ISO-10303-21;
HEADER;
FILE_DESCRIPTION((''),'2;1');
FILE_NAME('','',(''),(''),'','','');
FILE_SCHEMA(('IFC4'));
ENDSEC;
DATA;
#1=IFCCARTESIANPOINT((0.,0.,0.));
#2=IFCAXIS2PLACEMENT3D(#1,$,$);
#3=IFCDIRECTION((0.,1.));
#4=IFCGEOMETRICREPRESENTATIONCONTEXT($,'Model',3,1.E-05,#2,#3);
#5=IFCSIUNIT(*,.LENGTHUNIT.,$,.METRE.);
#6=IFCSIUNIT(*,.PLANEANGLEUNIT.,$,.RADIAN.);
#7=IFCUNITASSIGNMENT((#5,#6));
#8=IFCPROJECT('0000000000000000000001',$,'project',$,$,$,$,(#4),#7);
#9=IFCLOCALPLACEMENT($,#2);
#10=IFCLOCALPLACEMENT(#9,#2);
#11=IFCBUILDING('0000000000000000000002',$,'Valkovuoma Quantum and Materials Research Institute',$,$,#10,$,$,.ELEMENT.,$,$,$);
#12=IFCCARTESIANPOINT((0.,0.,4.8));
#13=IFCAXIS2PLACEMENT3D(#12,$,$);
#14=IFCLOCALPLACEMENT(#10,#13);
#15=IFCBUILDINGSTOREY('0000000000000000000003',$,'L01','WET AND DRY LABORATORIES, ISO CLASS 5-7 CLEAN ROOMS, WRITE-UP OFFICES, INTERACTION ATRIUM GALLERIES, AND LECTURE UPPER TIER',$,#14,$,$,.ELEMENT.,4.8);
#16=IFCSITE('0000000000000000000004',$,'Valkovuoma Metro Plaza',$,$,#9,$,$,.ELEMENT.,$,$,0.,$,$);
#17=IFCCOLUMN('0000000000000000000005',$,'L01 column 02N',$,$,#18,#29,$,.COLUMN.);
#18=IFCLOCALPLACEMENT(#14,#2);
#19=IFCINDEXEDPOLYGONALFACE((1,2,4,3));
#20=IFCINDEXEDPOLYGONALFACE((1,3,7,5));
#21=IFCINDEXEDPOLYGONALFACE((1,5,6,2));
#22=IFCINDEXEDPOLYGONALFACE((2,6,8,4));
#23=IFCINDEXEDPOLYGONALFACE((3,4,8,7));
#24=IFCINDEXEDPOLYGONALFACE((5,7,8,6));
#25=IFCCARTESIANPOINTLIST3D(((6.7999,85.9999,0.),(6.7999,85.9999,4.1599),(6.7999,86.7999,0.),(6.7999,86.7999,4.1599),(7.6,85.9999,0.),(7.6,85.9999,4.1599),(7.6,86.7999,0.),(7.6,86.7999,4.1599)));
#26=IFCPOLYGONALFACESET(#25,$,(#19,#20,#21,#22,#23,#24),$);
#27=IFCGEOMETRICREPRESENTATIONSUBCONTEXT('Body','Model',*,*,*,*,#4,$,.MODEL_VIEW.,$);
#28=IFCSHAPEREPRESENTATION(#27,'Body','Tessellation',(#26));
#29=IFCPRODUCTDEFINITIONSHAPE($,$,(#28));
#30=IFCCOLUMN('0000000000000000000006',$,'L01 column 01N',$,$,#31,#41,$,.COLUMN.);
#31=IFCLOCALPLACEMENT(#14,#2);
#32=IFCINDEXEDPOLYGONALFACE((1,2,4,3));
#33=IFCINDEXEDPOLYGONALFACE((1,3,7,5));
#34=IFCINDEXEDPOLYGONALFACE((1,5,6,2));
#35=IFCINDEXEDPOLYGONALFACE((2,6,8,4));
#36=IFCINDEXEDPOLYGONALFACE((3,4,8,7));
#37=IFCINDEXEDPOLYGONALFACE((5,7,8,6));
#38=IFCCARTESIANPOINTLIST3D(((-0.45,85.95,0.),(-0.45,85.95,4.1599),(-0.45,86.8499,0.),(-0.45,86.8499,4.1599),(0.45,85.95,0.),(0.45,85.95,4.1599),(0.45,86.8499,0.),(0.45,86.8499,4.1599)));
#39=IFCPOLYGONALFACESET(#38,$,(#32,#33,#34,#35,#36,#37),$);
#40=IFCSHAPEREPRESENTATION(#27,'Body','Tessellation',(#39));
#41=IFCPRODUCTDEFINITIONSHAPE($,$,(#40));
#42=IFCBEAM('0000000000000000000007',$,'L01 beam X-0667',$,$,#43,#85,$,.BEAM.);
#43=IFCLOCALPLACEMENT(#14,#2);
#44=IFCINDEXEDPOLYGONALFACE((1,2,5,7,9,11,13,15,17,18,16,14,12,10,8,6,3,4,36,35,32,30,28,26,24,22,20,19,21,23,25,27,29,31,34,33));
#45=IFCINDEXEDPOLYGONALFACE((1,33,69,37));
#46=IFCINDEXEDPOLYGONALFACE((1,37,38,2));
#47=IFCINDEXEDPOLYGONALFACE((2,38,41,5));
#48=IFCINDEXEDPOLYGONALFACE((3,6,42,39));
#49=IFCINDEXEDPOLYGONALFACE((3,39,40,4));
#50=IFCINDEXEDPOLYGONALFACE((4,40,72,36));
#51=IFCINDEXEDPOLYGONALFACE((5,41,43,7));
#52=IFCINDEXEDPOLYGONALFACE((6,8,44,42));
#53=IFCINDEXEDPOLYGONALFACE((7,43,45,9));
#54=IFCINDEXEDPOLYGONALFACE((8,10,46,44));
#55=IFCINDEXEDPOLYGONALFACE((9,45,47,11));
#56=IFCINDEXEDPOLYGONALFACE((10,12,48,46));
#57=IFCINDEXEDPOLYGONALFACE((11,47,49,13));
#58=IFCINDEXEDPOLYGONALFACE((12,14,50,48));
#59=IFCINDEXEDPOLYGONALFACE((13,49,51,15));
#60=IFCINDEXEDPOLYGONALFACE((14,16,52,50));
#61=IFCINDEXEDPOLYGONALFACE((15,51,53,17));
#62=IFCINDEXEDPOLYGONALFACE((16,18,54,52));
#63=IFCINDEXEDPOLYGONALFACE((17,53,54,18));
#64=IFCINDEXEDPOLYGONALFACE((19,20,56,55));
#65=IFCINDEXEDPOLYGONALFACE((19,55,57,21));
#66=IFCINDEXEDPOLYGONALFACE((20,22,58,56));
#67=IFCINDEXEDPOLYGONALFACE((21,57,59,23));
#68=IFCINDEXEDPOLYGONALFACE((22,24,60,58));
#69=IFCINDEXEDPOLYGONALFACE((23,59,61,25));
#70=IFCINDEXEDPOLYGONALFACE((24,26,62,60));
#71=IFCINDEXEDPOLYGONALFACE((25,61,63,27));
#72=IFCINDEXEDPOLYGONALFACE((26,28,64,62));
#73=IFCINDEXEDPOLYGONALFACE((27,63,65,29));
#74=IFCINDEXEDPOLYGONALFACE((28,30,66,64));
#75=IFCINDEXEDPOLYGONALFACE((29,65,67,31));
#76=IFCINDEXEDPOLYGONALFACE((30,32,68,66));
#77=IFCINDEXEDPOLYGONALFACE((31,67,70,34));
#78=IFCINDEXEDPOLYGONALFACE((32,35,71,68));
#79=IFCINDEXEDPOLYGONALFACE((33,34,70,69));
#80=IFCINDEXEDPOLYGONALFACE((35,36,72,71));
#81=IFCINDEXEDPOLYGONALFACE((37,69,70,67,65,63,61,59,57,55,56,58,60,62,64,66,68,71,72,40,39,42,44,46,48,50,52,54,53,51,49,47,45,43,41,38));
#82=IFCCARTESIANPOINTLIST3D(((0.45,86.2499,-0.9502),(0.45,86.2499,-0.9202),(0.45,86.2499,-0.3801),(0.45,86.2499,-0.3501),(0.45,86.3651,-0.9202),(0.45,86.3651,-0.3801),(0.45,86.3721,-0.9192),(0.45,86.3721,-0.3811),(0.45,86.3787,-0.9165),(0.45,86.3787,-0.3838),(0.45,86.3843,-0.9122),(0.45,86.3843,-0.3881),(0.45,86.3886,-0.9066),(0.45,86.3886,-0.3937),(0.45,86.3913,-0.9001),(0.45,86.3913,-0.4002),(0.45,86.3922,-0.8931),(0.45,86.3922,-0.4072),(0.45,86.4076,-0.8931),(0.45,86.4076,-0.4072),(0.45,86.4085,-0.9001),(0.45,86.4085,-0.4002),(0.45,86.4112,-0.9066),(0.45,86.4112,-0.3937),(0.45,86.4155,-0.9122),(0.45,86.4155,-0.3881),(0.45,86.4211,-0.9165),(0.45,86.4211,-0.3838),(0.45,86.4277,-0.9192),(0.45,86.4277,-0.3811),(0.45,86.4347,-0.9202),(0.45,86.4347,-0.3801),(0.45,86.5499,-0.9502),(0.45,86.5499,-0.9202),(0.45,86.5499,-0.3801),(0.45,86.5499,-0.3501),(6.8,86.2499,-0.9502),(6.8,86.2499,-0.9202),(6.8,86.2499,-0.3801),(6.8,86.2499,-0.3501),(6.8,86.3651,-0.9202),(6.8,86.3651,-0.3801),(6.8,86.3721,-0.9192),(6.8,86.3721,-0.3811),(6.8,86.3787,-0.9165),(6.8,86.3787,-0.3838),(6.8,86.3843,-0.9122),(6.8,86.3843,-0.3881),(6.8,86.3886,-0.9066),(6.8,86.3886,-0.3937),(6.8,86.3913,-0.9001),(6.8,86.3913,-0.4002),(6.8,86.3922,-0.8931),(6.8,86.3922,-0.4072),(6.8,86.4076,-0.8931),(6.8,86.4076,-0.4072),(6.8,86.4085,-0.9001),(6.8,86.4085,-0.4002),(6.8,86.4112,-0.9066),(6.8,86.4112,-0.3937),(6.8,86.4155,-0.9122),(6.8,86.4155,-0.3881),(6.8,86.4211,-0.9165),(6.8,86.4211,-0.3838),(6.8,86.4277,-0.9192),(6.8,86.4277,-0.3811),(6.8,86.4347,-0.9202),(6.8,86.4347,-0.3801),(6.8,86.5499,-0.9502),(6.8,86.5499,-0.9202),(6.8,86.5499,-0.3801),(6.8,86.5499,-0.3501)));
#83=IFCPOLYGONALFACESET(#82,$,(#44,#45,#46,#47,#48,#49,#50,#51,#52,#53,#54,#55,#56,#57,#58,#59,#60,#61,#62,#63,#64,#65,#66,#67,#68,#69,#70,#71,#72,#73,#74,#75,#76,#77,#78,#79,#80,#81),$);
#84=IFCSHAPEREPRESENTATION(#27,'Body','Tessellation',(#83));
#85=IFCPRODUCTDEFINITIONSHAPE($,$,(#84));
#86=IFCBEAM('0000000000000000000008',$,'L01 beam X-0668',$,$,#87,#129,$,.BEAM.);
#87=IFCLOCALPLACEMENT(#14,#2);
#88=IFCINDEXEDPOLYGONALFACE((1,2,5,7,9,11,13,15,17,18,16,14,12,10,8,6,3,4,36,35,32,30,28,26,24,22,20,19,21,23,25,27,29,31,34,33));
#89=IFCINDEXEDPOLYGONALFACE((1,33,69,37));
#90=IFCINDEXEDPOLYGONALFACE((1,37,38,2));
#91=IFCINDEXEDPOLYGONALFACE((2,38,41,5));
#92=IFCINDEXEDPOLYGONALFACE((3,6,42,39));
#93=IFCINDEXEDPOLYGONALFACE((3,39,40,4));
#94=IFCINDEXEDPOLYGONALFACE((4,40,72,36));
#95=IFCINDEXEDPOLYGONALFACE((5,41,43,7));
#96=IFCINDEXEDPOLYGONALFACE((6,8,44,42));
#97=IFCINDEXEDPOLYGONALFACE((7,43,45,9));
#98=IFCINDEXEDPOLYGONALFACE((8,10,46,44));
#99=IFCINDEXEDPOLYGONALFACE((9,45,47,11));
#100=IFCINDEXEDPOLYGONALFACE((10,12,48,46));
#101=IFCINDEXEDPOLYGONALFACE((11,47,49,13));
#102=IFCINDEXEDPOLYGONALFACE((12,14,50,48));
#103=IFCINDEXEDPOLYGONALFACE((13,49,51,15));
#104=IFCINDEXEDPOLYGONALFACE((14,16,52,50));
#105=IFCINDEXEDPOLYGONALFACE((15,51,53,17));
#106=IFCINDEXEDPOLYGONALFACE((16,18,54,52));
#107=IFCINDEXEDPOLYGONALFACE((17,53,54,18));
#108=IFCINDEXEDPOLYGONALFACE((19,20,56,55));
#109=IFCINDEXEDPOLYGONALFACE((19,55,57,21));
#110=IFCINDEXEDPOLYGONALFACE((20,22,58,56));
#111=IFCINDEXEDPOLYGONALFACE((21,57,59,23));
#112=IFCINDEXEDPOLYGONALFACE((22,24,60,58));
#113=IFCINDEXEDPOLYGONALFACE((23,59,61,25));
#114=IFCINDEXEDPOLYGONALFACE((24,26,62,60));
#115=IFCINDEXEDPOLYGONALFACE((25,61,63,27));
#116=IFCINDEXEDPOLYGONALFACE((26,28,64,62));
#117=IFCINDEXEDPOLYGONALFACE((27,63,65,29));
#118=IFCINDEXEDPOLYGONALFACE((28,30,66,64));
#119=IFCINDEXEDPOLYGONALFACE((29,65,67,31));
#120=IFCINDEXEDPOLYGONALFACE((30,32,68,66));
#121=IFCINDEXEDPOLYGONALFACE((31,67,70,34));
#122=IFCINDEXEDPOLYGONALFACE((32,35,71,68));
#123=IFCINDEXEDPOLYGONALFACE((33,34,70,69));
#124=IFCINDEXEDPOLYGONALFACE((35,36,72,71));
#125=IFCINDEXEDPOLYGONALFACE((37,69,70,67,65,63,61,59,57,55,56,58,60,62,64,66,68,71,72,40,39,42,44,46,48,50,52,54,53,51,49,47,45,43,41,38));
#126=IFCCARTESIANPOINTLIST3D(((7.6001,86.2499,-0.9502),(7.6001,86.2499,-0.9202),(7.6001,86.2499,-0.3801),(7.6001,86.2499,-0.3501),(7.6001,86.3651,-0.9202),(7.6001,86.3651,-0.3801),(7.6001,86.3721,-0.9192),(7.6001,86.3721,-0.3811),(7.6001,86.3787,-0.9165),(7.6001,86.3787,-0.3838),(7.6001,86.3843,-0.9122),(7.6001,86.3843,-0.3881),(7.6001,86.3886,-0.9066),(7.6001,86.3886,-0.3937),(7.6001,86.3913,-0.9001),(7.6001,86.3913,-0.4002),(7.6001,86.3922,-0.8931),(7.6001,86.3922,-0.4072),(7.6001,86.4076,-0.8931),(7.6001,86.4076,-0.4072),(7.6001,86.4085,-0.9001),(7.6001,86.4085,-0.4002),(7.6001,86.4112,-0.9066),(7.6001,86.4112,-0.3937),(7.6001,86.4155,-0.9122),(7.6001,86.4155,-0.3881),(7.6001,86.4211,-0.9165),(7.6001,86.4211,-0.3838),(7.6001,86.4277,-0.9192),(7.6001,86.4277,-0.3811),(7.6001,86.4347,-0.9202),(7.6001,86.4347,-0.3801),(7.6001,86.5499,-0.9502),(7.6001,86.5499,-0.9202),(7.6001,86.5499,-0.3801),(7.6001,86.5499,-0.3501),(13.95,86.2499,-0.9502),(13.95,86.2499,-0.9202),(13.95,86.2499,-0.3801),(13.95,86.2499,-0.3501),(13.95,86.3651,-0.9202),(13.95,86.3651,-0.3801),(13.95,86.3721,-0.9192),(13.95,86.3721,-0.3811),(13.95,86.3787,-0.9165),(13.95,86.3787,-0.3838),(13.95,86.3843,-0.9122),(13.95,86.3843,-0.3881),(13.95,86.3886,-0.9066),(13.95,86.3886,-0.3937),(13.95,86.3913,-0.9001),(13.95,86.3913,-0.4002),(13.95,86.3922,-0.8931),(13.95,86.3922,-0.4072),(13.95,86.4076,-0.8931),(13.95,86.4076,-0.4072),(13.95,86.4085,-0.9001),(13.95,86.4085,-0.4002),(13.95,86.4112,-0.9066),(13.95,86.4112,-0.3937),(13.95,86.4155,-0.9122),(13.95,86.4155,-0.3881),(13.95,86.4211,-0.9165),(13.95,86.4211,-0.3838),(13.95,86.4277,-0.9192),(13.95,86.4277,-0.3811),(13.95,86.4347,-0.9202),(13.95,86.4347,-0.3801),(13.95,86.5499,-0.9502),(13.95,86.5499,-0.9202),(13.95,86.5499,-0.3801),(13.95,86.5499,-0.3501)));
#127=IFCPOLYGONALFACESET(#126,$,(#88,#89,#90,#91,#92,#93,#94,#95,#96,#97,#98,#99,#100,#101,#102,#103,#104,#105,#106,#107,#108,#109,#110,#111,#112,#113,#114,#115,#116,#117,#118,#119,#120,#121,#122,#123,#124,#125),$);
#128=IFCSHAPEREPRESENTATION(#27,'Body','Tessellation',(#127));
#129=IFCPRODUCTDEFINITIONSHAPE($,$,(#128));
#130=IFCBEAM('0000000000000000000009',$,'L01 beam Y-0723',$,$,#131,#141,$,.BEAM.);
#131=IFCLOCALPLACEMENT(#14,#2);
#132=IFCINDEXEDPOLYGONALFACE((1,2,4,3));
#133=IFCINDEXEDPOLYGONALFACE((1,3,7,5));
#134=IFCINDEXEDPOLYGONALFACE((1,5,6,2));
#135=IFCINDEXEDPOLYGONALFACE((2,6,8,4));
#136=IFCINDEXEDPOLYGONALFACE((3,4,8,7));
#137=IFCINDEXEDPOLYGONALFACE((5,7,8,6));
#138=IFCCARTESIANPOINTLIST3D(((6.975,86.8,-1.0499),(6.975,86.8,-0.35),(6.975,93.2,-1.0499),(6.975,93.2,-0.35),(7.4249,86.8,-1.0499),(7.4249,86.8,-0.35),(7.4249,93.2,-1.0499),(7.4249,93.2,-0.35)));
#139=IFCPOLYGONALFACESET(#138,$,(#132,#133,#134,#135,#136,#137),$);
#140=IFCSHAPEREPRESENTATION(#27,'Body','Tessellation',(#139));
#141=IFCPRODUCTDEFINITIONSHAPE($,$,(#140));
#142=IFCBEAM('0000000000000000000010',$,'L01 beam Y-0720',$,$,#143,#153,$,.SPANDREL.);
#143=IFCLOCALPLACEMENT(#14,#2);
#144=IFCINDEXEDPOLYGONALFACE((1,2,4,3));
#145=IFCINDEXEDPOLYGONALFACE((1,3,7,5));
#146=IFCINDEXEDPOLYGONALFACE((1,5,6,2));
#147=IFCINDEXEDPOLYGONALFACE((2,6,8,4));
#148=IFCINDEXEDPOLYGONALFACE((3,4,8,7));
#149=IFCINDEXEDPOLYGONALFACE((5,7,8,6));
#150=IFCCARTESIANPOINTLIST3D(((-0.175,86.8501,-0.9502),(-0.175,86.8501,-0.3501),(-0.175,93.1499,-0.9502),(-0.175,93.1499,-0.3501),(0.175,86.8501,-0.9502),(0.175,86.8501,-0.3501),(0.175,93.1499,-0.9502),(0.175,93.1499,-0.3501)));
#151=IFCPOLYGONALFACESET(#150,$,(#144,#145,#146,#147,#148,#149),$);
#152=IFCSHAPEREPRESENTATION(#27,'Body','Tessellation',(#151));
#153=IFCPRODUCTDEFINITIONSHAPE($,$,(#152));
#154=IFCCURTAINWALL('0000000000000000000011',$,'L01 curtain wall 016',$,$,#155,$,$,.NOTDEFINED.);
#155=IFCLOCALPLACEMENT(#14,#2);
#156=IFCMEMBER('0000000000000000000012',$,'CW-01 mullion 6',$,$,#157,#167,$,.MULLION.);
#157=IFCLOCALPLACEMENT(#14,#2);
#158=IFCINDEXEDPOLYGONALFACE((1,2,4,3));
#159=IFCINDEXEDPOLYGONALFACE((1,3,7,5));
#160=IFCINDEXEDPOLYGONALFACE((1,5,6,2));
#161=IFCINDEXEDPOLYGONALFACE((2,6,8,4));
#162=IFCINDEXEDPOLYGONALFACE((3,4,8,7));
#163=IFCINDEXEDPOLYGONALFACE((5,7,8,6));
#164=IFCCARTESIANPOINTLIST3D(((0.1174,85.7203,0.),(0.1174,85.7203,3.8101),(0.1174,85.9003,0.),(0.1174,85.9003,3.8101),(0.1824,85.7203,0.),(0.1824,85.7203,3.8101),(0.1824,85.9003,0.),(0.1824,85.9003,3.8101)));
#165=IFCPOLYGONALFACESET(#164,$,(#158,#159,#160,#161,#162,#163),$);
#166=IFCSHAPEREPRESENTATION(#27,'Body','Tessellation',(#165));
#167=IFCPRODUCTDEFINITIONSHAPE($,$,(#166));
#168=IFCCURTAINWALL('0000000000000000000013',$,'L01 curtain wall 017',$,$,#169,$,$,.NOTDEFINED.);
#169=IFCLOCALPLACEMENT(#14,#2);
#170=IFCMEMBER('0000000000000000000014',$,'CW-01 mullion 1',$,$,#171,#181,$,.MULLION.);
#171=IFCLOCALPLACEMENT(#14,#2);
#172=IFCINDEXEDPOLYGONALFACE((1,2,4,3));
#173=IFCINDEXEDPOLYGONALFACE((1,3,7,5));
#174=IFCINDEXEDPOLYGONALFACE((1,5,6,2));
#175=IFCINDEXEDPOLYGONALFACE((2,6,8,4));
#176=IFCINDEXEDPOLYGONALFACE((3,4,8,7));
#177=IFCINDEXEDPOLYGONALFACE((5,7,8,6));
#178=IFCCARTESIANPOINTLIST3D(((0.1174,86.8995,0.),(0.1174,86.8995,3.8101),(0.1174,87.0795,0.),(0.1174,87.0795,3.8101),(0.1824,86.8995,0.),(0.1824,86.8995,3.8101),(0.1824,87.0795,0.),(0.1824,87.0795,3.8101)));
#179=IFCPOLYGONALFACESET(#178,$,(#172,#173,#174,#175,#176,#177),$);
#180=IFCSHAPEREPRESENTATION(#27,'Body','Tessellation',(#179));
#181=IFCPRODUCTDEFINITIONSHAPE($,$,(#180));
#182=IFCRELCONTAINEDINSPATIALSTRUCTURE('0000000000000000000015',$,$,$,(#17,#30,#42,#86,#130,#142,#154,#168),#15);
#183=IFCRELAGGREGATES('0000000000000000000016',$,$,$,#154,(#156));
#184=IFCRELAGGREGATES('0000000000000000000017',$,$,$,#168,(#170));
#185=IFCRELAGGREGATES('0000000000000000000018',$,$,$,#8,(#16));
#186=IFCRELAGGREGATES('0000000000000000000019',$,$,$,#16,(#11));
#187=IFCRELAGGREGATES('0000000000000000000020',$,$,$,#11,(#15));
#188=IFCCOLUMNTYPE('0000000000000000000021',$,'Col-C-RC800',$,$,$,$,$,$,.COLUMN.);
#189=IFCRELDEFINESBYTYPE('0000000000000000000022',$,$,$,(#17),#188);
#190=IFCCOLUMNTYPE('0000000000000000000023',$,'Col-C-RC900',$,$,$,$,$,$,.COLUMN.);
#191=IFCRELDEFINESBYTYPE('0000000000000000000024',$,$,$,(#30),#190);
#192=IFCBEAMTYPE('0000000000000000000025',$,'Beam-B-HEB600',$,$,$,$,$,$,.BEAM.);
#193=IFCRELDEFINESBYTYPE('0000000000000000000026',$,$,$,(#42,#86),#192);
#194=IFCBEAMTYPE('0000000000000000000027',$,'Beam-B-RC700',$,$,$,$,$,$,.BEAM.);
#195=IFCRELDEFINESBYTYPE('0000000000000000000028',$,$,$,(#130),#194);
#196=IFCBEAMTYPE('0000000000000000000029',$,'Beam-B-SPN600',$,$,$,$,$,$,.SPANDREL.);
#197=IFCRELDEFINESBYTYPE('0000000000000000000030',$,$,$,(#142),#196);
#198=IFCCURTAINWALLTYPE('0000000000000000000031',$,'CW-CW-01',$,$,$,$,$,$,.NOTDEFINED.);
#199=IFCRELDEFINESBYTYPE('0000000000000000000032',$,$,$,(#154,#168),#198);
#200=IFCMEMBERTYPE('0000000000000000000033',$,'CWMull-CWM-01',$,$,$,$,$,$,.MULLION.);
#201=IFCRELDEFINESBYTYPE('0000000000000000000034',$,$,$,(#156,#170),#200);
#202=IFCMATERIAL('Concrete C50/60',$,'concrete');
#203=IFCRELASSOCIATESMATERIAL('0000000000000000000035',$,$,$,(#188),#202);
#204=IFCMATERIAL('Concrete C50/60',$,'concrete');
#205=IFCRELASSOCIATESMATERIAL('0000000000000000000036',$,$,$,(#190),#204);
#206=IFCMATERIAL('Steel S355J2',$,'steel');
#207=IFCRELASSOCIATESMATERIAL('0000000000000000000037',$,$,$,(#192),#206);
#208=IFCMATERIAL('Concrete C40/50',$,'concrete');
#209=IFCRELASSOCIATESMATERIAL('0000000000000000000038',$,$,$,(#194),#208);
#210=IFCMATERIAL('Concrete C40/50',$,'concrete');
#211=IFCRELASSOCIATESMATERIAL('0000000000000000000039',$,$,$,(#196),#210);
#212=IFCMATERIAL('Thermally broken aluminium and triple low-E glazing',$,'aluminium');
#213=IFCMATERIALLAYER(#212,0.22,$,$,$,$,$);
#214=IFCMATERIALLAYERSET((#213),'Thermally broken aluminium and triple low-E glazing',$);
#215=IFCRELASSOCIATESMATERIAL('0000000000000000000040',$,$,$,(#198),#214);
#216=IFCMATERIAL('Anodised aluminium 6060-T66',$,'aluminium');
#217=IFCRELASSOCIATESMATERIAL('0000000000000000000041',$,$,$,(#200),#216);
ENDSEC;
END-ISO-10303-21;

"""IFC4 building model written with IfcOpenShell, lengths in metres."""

from ifc_helpers import new_model, si_unit, direction, frame, origin, origin_2d, place, context, subcontext, project, spatial, rectangle, i_section, extrude, material, layer, layer_set, material_profile, profile_set, type_object, element, aggregate, save


model = new_model("IFC4")

# Units and contexts
model_context = context("Model", 3, precision=1e-05, world=origin(), true_north=direction((0.0, 1.0)))
body_context = subcontext(model_context, "Body", "Model", "MODEL_VIEW")
ifc_project = project(units=[si_unit("LENGTHUNIT", "METRE"), si_unit("PLANEANGLEUNIT", "RADIAN")], contexts=[model_context])

# Site, building, storey
site_placement = place(None, origin())
site = spatial("IfcSite", under=ifc_project, at=site_placement, Name="Valkovuoma Metro Plaza", CompositionType="ELEMENT", RefElevation=0.0)
building_placement = place(site_placement, origin())
building = spatial("IfcBuilding", under=site, at=building_placement, Name="Valkovuoma Quantum and Materials Research Institute", CompositionType="ELEMENT")
storey_placement = place(building_placement, frame((0.0, 0.0, 4.8)))
storey = spatial("IfcBuildingStorey", under=building, at=storey_placement, Name="L01", Description="WET AND DRY LABORATORIES, ISO CLASS 5-7 CLEAN ROOMS, WRITE-UP OFFICES, INTERACTION ATRIUM GALLERIES, AND LECTURE UPPER TIER", CompositionType="ELEMENT", Elevation=4.8)

# Columns
ifc_material_1 = material(Name="Concrete C50/60", Category="concrete")
ifc_material_profile_1 = material_profile(ifc_material_1, rectangle(XDim=0.8, YDim=0.8, at=origin_2d()), Name="Concrete C50/60")
ifc_profile_set_1 = profile_set([ifc_material_profile_1], Name="Concrete C50/60")
column_type_1 = type_object("IfcColumnType", Name="Col-C-RC800", PredefinedType="COLUMN", material=ifc_profile_set_1)
column_1_placement = place(storey_placement, frame((7.2, 86.3999, 0.0), z_axis=(0.0, 0.0, 1.0), x_axis=(1.0, 0.0, 0.0)))
element("IfcColumn", 1, at=column_1_placement, inside=storey, type_object=column_type_1, Name="L01 column 02N", PredefinedType="COLUMN", context=body_context, shape_type="SweptSolid", body=[
    extrude(rectangle(XDim=0.8, YDim=0.8, at=origin_2d()), origin(), (0.0, 0.0, 1.0), 4.1599),
])
ifc_material_2 = material(Name="Concrete C50/60", Category="concrete")
ifc_material_profile_2 = material_profile(ifc_material_2, rectangle(XDim=0.8999, YDim=0.8999, at=origin_2d()), Name="Concrete C50/60")
ifc_profile_set_2 = profile_set([ifc_material_profile_2], Name="Concrete C50/60")
column_type_2 = type_object("IfcColumnType", Name="Col-C-RC900", PredefinedType="COLUMN", material=ifc_profile_set_2)
column_2_placement = place(storey_placement, frame((0.0, 86.3999, 0.0), z_axis=(0.0, 0.0, 1.0), x_axis=(1.0, 0.0, 0.0)))
element("IfcColumn", 2, at=column_2_placement, inside=storey, type_object=column_type_2, Name="L01 column 01N", PredefinedType="COLUMN", context=body_context, shape_type="SweptSolid", body=[
    extrude(rectangle(XDim=0.8999, YDim=0.8999, at=origin_2d()), origin(), (0.0, 0.0, 1.0), 4.1599),
])

# Beams
ifc_material_3 = material(Name="Steel S355J2", Category="steel")
ifc_material_profile_3 = material_profile(ifc_material_3, i_section(OverallWidth=0.3, OverallDepth=0.6001, WebThickness=0.0154, FlangeThickness=0.03, FilletRadius=0.0271, at=origin_2d()), Name="Steel S355J2")
ifc_profile_set_3 = profile_set([ifc_material_profile_3], Name="Steel S355J2")
beam_type_1 = type_object("IfcBeamType", Name="Beam-B-HEB600", PredefinedType="BEAM", material=ifc_profile_set_3)
beam_1_placement = place(storey_placement, frame((0.45, 86.3999, -0.6501), z_axis=(1.0, 0.0, 0.0), x_axis=(0.0, 1.0, 0.0)))
element("IfcBeam", 3, at=beam_1_placement, inside=storey, type_object=beam_type_1, Name="L01 beam X-0667", PredefinedType="BEAM", context=body_context, shape_type="SweptSolid", body=[
    extrude(i_section(OverallWidth=0.3, OverallDepth=0.6001, WebThickness=0.0154, FlangeThickness=0.03, FilletRadius=0.0271, at=origin_2d()), origin(), (0.0, 0.0, 1.0), 6.3501),
])
beam_2_placement = place(storey_placement, frame((7.6001, 86.3999, -0.6501), z_axis=(1.0, 0.0, 0.0), x_axis=(0.0, 1.0, 0.0)))
element("IfcBeam", 4, at=beam_2_placement, inside=storey, type_object=beam_type_1, Name="L01 beam X-0668", PredefinedType="BEAM", context=body_context, shape_type="SweptSolid", body=[
    extrude(i_section(OverallWidth=0.3, OverallDepth=0.6001, WebThickness=0.0154, FlangeThickness=0.03, FilletRadius=0.0271, at=origin_2d()), origin(), (0.0, 0.0, 1.0), 6.3499),
])
ifc_material_4 = material(Name="Concrete C40/50", Category="concrete")
ifc_material_profile_4 = material_profile(ifc_material_4, rectangle(XDim=0.45, YDim=0.7, at=origin_2d()), Name="Concrete C40/50")
ifc_profile_set_4 = profile_set([ifc_material_profile_4], Name="Concrete C40/50")
beam_type_2 = type_object("IfcBeamType", Name="Beam-B-RC700", PredefinedType="BEAM", material=ifc_profile_set_4)
beam_3_placement = place(storey_placement, frame((7.2, 86.8, -0.7), z_axis=(0.0, 1.0, 0.0), x_axis=(-1.0, 0.0, 0.0)))
element("IfcBeam", 5, at=beam_3_placement, inside=storey, type_object=beam_type_2, Name="L01 beam Y-0723", PredefinedType="BEAM", context=body_context, shape_type="SweptSolid", body=[
    extrude(rectangle(XDim=0.45, YDim=0.7, at=origin_2d()), origin(), (0.0, 0.0, 1.0), 6.3999),
])
ifc_material_5 = material(Name="Concrete C40/50", Category="concrete")
ifc_material_profile_5 = material_profile(ifc_material_5, rectangle(XDim=0.3501, YDim=0.6001, at=origin_2d()), Name="Concrete C40/50")
ifc_profile_set_5 = profile_set([ifc_material_profile_5], Name="Concrete C40/50")
beam_type_3 = type_object("IfcBeamType", Name="Beam-B-SPN600", PredefinedType="SPANDREL", material=ifc_profile_set_5)
beam_4_placement = place(storey_placement, frame((0.0, 86.8501, -0.6501), z_axis=(0.0, 1.0, 0.0), x_axis=(-1.0, 0.0, 0.0)))
element("IfcBeam", 6, at=beam_4_placement, inside=storey, type_object=beam_type_3, Name="L01 beam Y-0720", PredefinedType="SPANDREL", context=body_context, shape_type="SweptSolid", body=[
    extrude(rectangle(XDim=0.3501, YDim=0.6001, at=origin_2d()), origin(), (0.0, 0.0, 1.0), 6.2998),
])

# Curtain wall, member
ifc_material_6 = material(Name="Thermally broken aluminium and triple low-E glazing", Category="aluminium")
ifc_layer_1 = layer(ifc_material_6, 0.22)
ifc_layer_set_1 = layer_set([ifc_layer_1], Name="Thermally broken aluminium and triple low-E glazing")
curtain_wall_type = type_object("IfcCurtainWallType", Name="CW-CW-01", PredefinedType="NOTDEFINED", material=ifc_layer_set_1)
curtain_wall_1_placement = place(storey_placement, origin())
curtain_wall_1 = element("IfcCurtainWall", 7, at=curtain_wall_1_placement, inside=storey, type_object=curtain_wall_type, Name="L01 curtain wall 016", PredefinedType="NOTDEFINED")
ifc_material_7 = material(Name="Anodised aluminium 6060-T66", Category="aluminium")
ifc_material_profile_6 = material_profile(ifc_material_7, rectangle(XDim=0.0649, YDim=0.1799, at=origin_2d()), Name="Anodised aluminium 6060-T66")
ifc_profile_set_6 = profile_set([ifc_material_profile_6], Name="Anodised aluminium 6060-T66")
member_type_1 = type_object("IfcMemberType", Name="CWMull-CWM-01", PredefinedType="MULLION", material=ifc_profile_set_6)
member_1_placement = place(storey_placement, frame((0.1499, 85.8103, 0.0), z_axis=(0.0, 0.0, 1.0), x_axis=(-1.0, 0.0, 0.0)))
member_1 = element("IfcMember", 8, at=member_1_placement, type_object=member_type_1, Name="CW-01 mullion 6", PredefinedType="MULLION", context=body_context, shape_type="SweptSolid", body=[
    extrude(rectangle(XDim=0.0649, YDim=0.1799, at=origin_2d()), origin(), (0.0, 0.0, 1.0), 3.8101),
])

# Curtain wall, member
curtain_wall_2_placement = place(storey_placement, origin())
curtain_wall_2 = element("IfcCurtainWall", 9, at=curtain_wall_2_placement, inside=storey, type_object=curtain_wall_type, Name="L01 curtain wall 017", PredefinedType="NOTDEFINED")
member_2_placement = place(storey_placement, frame((0.1499, 86.9895, 0.0), z_axis=(0.0, 0.0, 1.0), x_axis=(-1.0, 0.0, 0.0)))
member_2 = element("IfcMember", 10, at=member_2_placement, type_object=member_type_1, Name="CW-01 mullion 1", PredefinedType="MULLION", context=body_context, shape_type="SweptSolid", body=[
    extrude(rectangle(XDim=0.0649, YDim=0.1799, at=origin_2d()), origin(), (0.0, 0.0, 1.0), 3.8101),
])

aggregate(curtain_wall_1, [member_1])
aggregate(curtain_wall_2, [member_2])

save(model, "model.ifc")
